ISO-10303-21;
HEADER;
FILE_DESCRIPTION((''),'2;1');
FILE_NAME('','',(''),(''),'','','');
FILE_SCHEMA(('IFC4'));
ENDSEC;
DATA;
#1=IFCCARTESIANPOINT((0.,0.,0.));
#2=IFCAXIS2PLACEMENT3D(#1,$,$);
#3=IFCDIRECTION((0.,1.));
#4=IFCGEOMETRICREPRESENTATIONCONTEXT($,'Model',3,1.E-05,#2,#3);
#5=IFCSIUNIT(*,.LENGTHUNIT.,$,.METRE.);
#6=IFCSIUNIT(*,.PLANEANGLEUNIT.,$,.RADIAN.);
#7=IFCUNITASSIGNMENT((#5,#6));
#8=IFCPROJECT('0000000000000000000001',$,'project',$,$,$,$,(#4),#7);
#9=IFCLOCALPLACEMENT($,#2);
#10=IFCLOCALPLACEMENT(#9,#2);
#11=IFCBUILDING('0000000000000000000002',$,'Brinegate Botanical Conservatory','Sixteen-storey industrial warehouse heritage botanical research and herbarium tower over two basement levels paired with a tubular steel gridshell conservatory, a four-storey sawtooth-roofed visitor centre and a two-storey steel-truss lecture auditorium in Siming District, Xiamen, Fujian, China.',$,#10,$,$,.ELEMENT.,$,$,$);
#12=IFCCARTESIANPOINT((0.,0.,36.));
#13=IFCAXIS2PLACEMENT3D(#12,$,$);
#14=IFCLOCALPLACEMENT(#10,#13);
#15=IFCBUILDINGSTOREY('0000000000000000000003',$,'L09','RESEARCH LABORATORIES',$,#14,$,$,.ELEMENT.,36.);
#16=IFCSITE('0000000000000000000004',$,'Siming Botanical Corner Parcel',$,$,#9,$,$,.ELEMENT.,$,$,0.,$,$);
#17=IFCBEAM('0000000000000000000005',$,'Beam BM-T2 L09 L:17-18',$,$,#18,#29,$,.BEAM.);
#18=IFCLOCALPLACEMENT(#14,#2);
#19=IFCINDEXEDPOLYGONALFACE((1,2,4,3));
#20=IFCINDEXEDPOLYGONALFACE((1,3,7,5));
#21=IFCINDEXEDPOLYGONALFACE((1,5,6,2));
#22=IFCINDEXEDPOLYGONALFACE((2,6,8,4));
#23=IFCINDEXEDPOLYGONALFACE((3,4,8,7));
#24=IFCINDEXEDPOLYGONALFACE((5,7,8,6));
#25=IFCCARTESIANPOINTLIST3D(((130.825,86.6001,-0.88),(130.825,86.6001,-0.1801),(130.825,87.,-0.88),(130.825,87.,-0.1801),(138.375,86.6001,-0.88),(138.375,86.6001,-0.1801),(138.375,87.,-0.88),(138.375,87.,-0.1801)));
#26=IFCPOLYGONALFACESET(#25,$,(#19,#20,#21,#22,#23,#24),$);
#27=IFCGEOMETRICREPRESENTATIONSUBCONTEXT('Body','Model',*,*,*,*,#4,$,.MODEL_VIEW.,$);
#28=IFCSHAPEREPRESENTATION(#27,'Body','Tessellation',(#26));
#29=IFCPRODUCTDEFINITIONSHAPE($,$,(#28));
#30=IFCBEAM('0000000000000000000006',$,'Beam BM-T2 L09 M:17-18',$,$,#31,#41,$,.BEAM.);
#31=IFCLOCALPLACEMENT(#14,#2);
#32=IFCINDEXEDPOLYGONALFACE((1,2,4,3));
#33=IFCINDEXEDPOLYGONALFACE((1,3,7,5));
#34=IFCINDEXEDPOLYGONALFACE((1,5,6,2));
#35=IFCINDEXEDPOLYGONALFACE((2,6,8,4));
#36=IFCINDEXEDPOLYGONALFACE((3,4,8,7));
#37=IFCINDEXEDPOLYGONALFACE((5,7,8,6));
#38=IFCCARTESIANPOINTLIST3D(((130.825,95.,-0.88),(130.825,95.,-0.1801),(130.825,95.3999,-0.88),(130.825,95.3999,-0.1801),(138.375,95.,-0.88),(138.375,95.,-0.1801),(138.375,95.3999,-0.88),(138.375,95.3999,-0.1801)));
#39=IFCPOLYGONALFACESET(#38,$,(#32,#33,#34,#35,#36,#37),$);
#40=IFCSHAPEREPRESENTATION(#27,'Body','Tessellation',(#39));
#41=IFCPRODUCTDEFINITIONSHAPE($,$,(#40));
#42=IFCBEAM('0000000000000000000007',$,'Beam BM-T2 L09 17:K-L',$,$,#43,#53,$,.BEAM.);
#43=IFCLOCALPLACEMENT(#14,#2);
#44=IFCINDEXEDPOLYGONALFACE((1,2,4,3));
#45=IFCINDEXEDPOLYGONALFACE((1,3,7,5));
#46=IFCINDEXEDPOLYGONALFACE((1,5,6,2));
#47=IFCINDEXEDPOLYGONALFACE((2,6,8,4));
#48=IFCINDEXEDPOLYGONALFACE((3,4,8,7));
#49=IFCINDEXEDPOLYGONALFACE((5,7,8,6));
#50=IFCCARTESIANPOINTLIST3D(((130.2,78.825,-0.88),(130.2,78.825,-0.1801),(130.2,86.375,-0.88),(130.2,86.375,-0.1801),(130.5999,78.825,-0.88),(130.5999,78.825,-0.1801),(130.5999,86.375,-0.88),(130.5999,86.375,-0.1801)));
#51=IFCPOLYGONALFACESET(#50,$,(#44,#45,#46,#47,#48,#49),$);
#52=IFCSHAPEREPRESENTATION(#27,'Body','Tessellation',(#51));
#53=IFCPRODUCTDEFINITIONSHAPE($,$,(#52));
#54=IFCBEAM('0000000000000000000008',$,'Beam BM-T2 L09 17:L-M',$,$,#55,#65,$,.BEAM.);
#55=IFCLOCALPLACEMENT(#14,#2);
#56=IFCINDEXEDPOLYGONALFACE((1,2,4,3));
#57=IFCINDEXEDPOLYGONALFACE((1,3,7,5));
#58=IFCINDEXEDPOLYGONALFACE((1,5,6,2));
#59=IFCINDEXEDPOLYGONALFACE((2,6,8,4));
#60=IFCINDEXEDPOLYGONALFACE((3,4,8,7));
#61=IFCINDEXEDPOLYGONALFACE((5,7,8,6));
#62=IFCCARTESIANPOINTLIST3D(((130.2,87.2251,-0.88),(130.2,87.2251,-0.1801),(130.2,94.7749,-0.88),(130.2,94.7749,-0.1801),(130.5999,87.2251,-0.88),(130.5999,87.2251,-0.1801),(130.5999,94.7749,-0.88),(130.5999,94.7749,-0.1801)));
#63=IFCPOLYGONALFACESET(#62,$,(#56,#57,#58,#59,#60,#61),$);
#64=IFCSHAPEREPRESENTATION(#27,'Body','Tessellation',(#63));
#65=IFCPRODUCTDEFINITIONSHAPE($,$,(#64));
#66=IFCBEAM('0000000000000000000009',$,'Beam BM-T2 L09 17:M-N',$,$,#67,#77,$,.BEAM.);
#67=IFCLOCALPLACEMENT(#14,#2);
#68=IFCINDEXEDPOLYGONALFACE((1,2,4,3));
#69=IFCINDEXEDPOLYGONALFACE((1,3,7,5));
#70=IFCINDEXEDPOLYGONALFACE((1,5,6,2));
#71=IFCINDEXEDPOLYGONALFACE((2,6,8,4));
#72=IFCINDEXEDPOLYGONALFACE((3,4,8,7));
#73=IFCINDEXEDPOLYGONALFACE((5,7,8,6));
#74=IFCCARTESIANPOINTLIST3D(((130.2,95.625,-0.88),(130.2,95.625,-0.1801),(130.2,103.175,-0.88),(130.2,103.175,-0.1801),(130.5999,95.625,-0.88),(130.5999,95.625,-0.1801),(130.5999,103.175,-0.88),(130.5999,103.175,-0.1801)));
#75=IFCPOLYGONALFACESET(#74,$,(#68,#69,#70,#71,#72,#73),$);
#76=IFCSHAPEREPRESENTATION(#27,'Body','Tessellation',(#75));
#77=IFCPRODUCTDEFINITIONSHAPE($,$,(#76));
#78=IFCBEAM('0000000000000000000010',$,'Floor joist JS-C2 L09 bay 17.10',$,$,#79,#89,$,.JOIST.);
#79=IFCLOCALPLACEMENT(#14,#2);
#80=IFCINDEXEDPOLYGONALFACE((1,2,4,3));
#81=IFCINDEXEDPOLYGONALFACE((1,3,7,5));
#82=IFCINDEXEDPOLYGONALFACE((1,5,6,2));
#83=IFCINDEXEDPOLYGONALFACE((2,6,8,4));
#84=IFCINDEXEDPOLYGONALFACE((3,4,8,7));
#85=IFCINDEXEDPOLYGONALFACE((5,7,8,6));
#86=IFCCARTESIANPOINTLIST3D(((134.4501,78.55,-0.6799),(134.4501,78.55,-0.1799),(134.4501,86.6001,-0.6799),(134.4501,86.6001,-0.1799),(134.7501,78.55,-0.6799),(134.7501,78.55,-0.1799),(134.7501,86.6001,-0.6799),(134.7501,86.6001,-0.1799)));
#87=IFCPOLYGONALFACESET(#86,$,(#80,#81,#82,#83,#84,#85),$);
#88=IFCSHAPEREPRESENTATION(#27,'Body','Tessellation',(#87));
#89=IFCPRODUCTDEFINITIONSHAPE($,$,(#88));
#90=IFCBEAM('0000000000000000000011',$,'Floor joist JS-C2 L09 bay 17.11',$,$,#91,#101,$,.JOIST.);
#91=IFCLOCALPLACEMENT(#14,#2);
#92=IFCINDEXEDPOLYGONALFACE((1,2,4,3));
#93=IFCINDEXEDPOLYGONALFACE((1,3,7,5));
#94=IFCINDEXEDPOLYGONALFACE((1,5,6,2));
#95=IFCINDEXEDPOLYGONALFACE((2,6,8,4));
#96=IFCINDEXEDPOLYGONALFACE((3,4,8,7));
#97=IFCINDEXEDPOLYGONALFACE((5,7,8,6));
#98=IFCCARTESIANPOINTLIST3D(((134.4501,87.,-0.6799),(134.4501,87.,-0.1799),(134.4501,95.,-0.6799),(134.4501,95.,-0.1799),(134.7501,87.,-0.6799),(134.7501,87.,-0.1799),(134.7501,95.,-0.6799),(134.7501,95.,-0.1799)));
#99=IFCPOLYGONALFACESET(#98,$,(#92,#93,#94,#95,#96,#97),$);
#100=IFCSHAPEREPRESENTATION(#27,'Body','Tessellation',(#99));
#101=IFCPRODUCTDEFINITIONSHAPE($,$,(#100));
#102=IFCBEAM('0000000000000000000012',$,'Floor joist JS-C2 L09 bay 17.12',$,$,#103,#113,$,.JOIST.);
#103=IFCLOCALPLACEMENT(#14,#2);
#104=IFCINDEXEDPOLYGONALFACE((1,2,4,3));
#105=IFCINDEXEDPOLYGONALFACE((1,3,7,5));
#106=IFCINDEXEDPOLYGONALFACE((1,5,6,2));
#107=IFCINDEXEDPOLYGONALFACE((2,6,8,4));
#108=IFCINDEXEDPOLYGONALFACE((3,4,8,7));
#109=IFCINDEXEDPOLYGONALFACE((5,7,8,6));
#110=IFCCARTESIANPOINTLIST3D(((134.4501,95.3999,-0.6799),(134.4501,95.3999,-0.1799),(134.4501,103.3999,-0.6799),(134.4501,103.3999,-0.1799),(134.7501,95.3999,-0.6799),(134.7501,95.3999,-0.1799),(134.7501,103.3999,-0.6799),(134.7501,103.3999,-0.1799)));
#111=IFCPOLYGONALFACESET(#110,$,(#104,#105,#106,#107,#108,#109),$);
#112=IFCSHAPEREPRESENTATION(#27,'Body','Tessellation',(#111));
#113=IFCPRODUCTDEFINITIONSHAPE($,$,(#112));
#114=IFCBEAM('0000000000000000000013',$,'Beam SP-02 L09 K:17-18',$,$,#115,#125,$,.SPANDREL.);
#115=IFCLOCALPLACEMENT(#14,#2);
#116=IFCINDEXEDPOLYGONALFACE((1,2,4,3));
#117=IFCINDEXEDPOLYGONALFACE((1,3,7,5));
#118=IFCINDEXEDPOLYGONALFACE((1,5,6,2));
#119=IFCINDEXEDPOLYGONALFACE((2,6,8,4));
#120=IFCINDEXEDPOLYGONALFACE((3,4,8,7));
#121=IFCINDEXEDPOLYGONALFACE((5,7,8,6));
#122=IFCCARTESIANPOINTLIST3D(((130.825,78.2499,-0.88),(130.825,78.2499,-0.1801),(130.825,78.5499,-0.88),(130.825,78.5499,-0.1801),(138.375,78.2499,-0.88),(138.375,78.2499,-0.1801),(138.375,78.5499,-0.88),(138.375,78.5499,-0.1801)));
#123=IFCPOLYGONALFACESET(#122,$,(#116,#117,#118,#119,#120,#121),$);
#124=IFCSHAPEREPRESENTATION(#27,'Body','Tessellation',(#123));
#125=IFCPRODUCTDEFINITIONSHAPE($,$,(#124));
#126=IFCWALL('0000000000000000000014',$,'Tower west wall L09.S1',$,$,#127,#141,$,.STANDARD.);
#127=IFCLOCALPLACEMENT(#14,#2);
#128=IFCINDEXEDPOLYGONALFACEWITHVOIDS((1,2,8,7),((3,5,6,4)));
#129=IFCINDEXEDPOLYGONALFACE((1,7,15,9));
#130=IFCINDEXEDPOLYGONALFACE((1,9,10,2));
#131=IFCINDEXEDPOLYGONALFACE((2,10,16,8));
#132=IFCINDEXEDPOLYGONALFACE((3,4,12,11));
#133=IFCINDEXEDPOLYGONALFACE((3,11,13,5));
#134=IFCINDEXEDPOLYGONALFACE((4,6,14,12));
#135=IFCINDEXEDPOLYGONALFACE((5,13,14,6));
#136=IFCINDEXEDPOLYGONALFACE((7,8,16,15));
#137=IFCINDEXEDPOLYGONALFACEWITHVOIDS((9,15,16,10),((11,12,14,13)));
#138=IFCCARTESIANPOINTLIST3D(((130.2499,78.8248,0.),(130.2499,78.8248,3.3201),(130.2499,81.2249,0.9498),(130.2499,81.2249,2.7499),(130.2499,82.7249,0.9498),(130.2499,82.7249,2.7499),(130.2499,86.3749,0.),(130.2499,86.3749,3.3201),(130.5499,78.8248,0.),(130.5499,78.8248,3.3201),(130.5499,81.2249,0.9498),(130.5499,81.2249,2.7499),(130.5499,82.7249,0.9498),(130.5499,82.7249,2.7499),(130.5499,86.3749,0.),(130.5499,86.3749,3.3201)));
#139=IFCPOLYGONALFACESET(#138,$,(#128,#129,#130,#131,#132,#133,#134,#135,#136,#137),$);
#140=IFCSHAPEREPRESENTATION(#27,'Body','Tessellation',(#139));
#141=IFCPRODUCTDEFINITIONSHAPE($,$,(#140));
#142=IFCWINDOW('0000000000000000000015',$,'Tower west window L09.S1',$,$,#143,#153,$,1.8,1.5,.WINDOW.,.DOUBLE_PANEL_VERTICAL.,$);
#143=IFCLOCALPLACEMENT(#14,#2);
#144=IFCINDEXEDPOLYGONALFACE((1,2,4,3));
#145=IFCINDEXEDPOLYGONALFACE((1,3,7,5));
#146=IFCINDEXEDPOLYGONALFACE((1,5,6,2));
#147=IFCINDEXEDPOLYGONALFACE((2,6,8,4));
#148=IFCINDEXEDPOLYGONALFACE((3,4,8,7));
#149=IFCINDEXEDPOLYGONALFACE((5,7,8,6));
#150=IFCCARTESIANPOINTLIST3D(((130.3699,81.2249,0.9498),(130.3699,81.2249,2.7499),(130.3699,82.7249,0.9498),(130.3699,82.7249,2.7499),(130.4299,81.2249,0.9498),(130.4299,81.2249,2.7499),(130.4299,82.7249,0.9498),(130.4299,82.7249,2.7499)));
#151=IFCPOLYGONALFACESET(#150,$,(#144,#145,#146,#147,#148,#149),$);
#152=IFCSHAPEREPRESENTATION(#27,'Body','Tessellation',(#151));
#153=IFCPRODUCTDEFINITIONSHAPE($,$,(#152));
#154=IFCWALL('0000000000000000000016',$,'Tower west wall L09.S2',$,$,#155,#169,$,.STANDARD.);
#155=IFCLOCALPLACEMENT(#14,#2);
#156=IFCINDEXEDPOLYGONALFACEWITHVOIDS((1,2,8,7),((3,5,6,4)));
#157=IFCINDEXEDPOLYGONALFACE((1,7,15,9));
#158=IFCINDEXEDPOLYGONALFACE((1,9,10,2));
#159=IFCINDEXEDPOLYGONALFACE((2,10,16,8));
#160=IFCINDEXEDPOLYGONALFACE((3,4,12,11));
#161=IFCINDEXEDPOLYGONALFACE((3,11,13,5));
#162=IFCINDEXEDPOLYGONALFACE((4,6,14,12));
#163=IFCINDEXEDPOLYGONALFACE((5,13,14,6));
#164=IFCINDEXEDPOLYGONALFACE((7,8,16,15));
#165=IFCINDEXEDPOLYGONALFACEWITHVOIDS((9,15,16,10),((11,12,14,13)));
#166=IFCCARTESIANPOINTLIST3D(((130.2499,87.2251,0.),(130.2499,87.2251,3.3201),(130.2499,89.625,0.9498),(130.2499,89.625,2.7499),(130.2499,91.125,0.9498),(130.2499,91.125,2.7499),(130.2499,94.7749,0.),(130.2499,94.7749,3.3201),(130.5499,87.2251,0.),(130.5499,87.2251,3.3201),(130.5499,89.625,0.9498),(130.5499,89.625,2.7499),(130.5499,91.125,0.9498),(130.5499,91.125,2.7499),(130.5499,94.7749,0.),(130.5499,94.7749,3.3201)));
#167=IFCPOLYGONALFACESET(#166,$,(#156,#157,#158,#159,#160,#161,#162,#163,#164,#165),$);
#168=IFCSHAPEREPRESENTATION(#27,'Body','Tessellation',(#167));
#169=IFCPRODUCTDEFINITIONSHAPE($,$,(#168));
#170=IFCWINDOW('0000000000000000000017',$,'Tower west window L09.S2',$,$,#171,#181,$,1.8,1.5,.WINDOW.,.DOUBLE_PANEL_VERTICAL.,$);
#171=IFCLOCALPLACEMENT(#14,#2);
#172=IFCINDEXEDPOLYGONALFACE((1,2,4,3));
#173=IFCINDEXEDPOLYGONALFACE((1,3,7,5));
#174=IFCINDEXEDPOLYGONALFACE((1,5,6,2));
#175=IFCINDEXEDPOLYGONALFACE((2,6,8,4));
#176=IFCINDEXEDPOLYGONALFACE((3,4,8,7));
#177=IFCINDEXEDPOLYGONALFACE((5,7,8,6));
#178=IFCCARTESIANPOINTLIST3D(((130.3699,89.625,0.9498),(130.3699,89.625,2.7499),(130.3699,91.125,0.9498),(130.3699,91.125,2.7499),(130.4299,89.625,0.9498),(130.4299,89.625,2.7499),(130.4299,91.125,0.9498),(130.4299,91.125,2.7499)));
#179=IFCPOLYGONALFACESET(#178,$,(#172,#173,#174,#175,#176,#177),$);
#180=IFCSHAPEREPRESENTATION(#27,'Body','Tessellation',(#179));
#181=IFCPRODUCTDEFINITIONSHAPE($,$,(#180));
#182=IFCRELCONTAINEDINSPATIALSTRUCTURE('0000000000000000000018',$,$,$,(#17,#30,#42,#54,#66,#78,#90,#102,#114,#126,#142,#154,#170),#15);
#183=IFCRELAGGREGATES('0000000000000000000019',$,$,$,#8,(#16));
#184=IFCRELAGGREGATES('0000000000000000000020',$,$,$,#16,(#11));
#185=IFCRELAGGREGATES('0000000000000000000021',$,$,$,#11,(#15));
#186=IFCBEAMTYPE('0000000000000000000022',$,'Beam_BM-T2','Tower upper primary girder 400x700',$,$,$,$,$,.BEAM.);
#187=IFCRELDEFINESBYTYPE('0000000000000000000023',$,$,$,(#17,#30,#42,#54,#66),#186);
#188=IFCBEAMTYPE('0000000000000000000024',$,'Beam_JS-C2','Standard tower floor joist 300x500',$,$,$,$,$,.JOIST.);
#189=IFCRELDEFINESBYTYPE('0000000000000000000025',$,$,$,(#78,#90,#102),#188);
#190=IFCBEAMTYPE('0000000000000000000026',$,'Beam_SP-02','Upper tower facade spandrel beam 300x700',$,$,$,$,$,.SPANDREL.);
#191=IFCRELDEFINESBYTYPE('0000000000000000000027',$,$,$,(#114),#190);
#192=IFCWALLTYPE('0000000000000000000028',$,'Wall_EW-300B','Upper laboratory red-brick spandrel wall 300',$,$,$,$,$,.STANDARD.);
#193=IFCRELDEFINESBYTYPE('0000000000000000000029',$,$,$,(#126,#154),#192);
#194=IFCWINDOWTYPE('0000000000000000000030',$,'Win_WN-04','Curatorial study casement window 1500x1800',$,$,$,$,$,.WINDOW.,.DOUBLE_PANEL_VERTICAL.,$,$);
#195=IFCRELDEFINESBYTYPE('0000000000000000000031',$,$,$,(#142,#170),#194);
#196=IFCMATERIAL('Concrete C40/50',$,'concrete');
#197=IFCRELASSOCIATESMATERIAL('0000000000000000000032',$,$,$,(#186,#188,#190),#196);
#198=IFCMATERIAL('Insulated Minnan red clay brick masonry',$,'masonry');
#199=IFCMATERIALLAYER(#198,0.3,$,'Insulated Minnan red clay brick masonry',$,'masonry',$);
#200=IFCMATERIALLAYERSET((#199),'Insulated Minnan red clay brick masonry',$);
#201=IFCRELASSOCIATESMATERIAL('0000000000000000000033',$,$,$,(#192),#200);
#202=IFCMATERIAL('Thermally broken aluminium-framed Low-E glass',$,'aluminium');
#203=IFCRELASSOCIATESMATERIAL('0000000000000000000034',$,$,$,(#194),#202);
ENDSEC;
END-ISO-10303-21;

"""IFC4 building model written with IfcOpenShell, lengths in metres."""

from ifc_helpers import new_model, si_unit, direction, frame, frame_2d, origin, origin_2d, place, context, subcontext, project, spatial, rectangle, extrude, material, layer, layer_set, material_profile, profile_set, type_object, element, fill, save


model = new_model("IFC4")

# Units and contexts
model_context = context("Model", 3, precision=1e-05, world=origin(), true_north=direction((0.0, 1.0)))
body_context = subcontext(model_context, "Body", "Model", "MODEL_VIEW")
ifc_project = project(units=[si_unit("LENGTHUNIT", "METRE"), si_unit("PLANEANGLEUNIT", "RADIAN")], contexts=[model_context])

# Site, building, storey
site_placement = place(None, origin())
site = spatial("IfcSite", under=ifc_project, at=site_placement, Name="Siming Botanical Corner Parcel", CompositionType="ELEMENT", RefElevation=0.0)
building_placement = place(site_placement, origin())
building = spatial("IfcBuilding", under=site, at=building_placement, Name="Brinegate Botanical Conservatory", Description="Sixteen-storey industrial warehouse heritage botanical research and herbarium tower over two basement levels paired with a tubular steel gridshell conservatory, a four-storey sawtooth-roofed visitor centre and a two-storey steel-truss lecture auditorium in Siming District, Xiamen, Fujian, China.", CompositionType="ELEMENT")
storey_placement = place(building_placement, frame((0.0, 0.0, 36.0)))
storey = spatial("IfcBuildingStorey", under=building, at=storey_placement, Name="L09", Description="RESEARCH LABORATORIES", CompositionType="ELEMENT", Elevation=36.0)

# Beams
ifc_material_1 = material(Name="Concrete C40/50", Category="concrete")
ifc_material_profile_1 = material_profile(ifc_material_1, rectangle(XDim=0.3999, YDim=0.7, at=origin_2d()), Name="RC BM 400x700")
ifc_profile_set_1 = profile_set([ifc_material_profile_1], Name="Concrete C40/50")
beam_type_1 = type_object("IfcBeamType", Name="Beam_BM-T2", Description="Tower upper primary girder 400x700", PredefinedType="BEAM", material=ifc_profile_set_1)
for number, where, z_axis, x_axis, name in (
    (1, (130.825, 86.8, -0.53), (1.0, 0.0, 0.0), (0.0, 1.0, 0.0), "Beam BM-T2 L09 L:17-18"),
    (2, (130.825, 95.2, -0.53), (1.0, 0.0, 0.0), (0.0, 1.0, 0.0), "Beam BM-T2 L09 M:17-18"),
    (3, (130.3999, 78.825, -0.53), (0.0, 1.0, 0.0), (-1.0, 0.0, 0.0), "Beam BM-T2 L09 17:K-L"),
):
    element("IfcBeam", number, at=place(storey_placement, frame(where, z_axis=z_axis, x_axis=x_axis)), inside=storey, type_object=beam_type_1, Name=name, PredefinedType="BEAM", context=body_context, shape_type="SweptSolid", body=[
        extrude(rectangle(XDim=0.3999, YDim=0.7, at=origin_2d()), origin(), (0.0, 0.0, 1.0), 7.55),
    ])
beam_1_placement = place(storey_placement, frame((130.3999, 87.2251, -0.53), z_axis=(0.0, 1.0, 0.0), x_axis=(-1.0, 0.0, 0.0)))
element("IfcBeam", 4, at=beam_1_placement, inside=storey, type_object=beam_type_1, Name="Beam BM-T2 L09 17:L-M", PredefinedType="BEAM", context=body_context, shape_type="SweptSolid", body=[
    extrude(rectangle(XDim=0.3999, YDim=0.7, at=origin_2d()), origin(), (0.0, 0.0, 1.0), 7.5498),
])
beam_2_placement = place(storey_placement, frame((130.3999, 95.625, -0.53), z_axis=(0.0, 1.0, 0.0), x_axis=(-1.0, 0.0, 0.0)))
element("IfcBeam", 5, at=beam_2_placement, inside=storey, type_object=beam_type_1, Name="Beam BM-T2 L09 17:M-N", PredefinedType="BEAM", context=body_context, shape_type="SweptSolid", body=[
    extrude(rectangle(XDim=0.3999, YDim=0.7, at=origin_2d()), origin(), (0.0, 0.0, 1.0), 7.55),
])
ifc_material_profile_2 = material_profile(ifc_material_1, rectangle(XDim=0.3, YDim=0.5, at=origin_2d()), Name="RC JST 300x500")
ifc_profile_set_2 = profile_set([ifc_material_profile_2], Name="Concrete C40/50")
beam_type_2 = type_object("IfcBeamType", Name="Beam_JS-C2", Description="Standard tower floor joist 300x500", PredefinedType="JOIST", material=ifc_profile_set_2)
beam_3_placement = place(storey_placement, frame((134.6001, 78.55, -0.4299), z_axis=(0.0, 1.0, 0.0), x_axis=(-1.0, 0.0, 0.0)))
element("IfcBeam", 6, at=beam_3_placement, inside=storey, type_object=beam_type_2, Name="Floor joist JS-C2 L09 bay 17.10", PredefinedType="JOIST", context=body_context, shape_type="SweptSolid", body=[
    extrude(rectangle(XDim=0.3, YDim=0.5, at=origin_2d()), origin(), (0.0, 0.0, 1.0), 8.05),
])
for number, where, z_axis, x_axis, name in (
    (7, (134.6001, 87.0, -0.4299), (0.0, 1.0, 0.0), (-1.0, 0.0, 0.0), "Floor joist JS-C2 L09 bay 17.11"),
    (8, (134.6001, 95.3999, -0.4299), (0.0, 1.0, 0.0), (-1.0, 0.0, 0.0), "Floor joist JS-C2 L09 bay 17.12"),
):
    element("IfcBeam", number, at=place(storey_placement, frame(where, z_axis=z_axis, x_axis=x_axis)), inside=storey, type_object=beam_type_2, Name=name, PredefinedType="JOIST", context=body_context, shape_type="SweptSolid", body=[
        extrude(rectangle(XDim=0.3, YDim=0.5, at=origin_2d()), origin(), (0.0, 0.0, 1.0), 8.0),
    ])
ifc_material_profile_3 = material_profile(ifc_material_1, rectangle(XDim=0.3, YDim=0.7, at=origin_2d()), Name="RC SPN 300x700")
ifc_profile_set_3 = profile_set([ifc_material_profile_3], Name="Concrete C40/50")
beam_type_3 = type_object("IfcBeamType", Name="Beam_SP-02", Description="Upper tower facade spandrel beam 300x700", PredefinedType="SPANDREL", material=ifc_profile_set_3)
beam_4_placement = place(storey_placement, frame((130.825, 78.3999, -0.53), z_axis=(1.0, 0.0, 0.0), x_axis=(0.0, 1.0, 0.0)))
element("IfcBeam", 9, at=beam_4_placement, inside=storey, type_object=beam_type_3, Name="Beam SP-02 L09 K:17-18", PredefinedType="SPANDREL", context=body_context, shape_type="SweptSolid", body=[
    extrude(rectangle(XDim=0.3, YDim=0.7, at=origin_2d()), origin(), (0.0, 0.0, 1.0), 7.55),
])

# Walls, openings, windows
ifc_material_2 = material(Name="Insulated Minnan red clay brick masonry", Category="masonry")
ifc_layer_1 = layer(ifc_material_2, 0.3, Name="Insulated Minnan red clay brick masonry", Category="masonry")
ifc_layer_set_1 = layer_set([ifc_layer_1], Name="Insulated Minnan red clay brick masonry")
wall_type_1 = type_object("IfcWallType", Name="Wall_EW-300B", Description="Upper laboratory red-brick spandrel wall 300", PredefinedType="STANDARD", material=ifc_layer_set_1)
wall_1_placement = place(storey_placement, frame((130.3999, 78.825, 0.0), z_axis=(0.0, 0.0, 1.0), x_axis=(0.0, 1.0, 0.0)))
wall_1 = element("IfcWall", 10, at=wall_1_placement, inside=storey, type_object=wall_type_1, Name="Tower west wall L09.S1", PredefinedType="STANDARD", context=body_context, shape_type="SweptSolid", body=[
    extrude(rectangle(XDim=7.55, YDim=0.3, at=frame_2d((3.7749, 0.0))), origin(), (0.0, 0.0, 1.0), 3.3201),
])
opening_1_placement = place(wall_1_placement, frame((2.3999, 0.0, 0.95)))
opening_1 = element("IfcOpeningElement", 11, at=opening_1_placement, cuts=wall_1, PredefinedType="OPENING", context=body_context, shape_type="SweptSolid", body=[
    extrude(rectangle(XDim=1.5, YDim=1.8, at=frame_2d((0.75, 0.8999))), frame((0.0, 0.1599, 0.0), z_axis=(0.0, -1.0, 0.0), x_axis=(1.0, 0.0, 0.0)), (0.0, 0.0, 1.0), 0.3201),
])
ifc_material_3 = material(Name="Thermally broken aluminium-framed Low-E glass", Category="aluminium")
window_type_1 = type_object("IfcWindowType", Name="Win_WN-04", Description="Curatorial study casement window 1500x1800", PartitioningType="DOUBLE_PANEL_VERTICAL", PredefinedType="WINDOW", material=ifc_material_3)
window_1_placement = place(opening_1_placement, origin())
window_1 = element("IfcWindow", 12, at=window_1_placement, inside=storey, type_object=window_type_1, Name="Tower west window L09.S1", OverallHeight=1.8, OverallWidth=1.5, PartitioningType="DOUBLE_PANEL_VERTICAL", PredefinedType="WINDOW", context=body_context, shape_type="SweptSolid", body=[
    extrude(rectangle(XDim=1.5, YDim=1.8, at=frame_2d((0.75, 0.8999))), frame((0.0, 0.03, 0.0), z_axis=(0.0, -1.0, 0.0), x_axis=(1.0, 0.0, 0.0)), (0.0, 0.0, 1.0), 0.0601),
])
fill(opening_1, window_1)
wall_2_placement = place(storey_placement, frame((130.3999, 87.2251, 0.0), z_axis=(0.0, 0.0, 1.0), x_axis=(0.0, 1.0, 0.0)))
wall_2 = element("IfcWall", 13, at=wall_2_placement, inside=storey, type_object=wall_type_1, Name="Tower west wall L09.S2", PredefinedType="STANDARD", context=body_context, shape_type="SweptSolid", body=[
    extrude(rectangle(XDim=7.5498, YDim=0.3, at=frame_2d((3.7749, 0.0))), origin(), (0.0, 0.0, 1.0), 3.3201),
])
opening_2_placement = place(wall_2_placement, frame((2.3999, 0.0, 0.95)))
opening_2 = element("IfcOpeningElement", 14, at=opening_2_placement, cuts=wall_2, PredefinedType="OPENING", context=body_context, shape_type="SweptSolid", body=[
    extrude(rectangle(XDim=1.5, YDim=1.8, at=frame_2d((0.75, 0.8999))), frame((0.0, 0.1599, 0.0), z_axis=(0.0, -1.0, 0.0), x_axis=(1.0, 0.0, 0.0)), (0.0, 0.0, 1.0), 0.3201),
])
window_2_placement = place(opening_2_placement, origin())
window_2 = element("IfcWindow", 15, at=window_2_placement, inside=storey, type_object=window_type_1, Name="Tower west window L09.S2", OverallHeight=1.8, OverallWidth=1.5, PartitioningType="DOUBLE_PANEL_VERTICAL", PredefinedType="WINDOW", context=body_context, shape_type="SweptSolid", body=[
    extrude(rectangle(XDim=1.5, YDim=1.8, at=frame_2d((0.75, 0.8999))), frame((0.0, 0.03, 0.0), z_axis=(0.0, -1.0, 0.0), x_axis=(1.0, 0.0, 0.0)), (0.0, 0.0, 1.0), 0.0601),
])
fill(opening_2, window_2)

save(model, "model.ifc")
